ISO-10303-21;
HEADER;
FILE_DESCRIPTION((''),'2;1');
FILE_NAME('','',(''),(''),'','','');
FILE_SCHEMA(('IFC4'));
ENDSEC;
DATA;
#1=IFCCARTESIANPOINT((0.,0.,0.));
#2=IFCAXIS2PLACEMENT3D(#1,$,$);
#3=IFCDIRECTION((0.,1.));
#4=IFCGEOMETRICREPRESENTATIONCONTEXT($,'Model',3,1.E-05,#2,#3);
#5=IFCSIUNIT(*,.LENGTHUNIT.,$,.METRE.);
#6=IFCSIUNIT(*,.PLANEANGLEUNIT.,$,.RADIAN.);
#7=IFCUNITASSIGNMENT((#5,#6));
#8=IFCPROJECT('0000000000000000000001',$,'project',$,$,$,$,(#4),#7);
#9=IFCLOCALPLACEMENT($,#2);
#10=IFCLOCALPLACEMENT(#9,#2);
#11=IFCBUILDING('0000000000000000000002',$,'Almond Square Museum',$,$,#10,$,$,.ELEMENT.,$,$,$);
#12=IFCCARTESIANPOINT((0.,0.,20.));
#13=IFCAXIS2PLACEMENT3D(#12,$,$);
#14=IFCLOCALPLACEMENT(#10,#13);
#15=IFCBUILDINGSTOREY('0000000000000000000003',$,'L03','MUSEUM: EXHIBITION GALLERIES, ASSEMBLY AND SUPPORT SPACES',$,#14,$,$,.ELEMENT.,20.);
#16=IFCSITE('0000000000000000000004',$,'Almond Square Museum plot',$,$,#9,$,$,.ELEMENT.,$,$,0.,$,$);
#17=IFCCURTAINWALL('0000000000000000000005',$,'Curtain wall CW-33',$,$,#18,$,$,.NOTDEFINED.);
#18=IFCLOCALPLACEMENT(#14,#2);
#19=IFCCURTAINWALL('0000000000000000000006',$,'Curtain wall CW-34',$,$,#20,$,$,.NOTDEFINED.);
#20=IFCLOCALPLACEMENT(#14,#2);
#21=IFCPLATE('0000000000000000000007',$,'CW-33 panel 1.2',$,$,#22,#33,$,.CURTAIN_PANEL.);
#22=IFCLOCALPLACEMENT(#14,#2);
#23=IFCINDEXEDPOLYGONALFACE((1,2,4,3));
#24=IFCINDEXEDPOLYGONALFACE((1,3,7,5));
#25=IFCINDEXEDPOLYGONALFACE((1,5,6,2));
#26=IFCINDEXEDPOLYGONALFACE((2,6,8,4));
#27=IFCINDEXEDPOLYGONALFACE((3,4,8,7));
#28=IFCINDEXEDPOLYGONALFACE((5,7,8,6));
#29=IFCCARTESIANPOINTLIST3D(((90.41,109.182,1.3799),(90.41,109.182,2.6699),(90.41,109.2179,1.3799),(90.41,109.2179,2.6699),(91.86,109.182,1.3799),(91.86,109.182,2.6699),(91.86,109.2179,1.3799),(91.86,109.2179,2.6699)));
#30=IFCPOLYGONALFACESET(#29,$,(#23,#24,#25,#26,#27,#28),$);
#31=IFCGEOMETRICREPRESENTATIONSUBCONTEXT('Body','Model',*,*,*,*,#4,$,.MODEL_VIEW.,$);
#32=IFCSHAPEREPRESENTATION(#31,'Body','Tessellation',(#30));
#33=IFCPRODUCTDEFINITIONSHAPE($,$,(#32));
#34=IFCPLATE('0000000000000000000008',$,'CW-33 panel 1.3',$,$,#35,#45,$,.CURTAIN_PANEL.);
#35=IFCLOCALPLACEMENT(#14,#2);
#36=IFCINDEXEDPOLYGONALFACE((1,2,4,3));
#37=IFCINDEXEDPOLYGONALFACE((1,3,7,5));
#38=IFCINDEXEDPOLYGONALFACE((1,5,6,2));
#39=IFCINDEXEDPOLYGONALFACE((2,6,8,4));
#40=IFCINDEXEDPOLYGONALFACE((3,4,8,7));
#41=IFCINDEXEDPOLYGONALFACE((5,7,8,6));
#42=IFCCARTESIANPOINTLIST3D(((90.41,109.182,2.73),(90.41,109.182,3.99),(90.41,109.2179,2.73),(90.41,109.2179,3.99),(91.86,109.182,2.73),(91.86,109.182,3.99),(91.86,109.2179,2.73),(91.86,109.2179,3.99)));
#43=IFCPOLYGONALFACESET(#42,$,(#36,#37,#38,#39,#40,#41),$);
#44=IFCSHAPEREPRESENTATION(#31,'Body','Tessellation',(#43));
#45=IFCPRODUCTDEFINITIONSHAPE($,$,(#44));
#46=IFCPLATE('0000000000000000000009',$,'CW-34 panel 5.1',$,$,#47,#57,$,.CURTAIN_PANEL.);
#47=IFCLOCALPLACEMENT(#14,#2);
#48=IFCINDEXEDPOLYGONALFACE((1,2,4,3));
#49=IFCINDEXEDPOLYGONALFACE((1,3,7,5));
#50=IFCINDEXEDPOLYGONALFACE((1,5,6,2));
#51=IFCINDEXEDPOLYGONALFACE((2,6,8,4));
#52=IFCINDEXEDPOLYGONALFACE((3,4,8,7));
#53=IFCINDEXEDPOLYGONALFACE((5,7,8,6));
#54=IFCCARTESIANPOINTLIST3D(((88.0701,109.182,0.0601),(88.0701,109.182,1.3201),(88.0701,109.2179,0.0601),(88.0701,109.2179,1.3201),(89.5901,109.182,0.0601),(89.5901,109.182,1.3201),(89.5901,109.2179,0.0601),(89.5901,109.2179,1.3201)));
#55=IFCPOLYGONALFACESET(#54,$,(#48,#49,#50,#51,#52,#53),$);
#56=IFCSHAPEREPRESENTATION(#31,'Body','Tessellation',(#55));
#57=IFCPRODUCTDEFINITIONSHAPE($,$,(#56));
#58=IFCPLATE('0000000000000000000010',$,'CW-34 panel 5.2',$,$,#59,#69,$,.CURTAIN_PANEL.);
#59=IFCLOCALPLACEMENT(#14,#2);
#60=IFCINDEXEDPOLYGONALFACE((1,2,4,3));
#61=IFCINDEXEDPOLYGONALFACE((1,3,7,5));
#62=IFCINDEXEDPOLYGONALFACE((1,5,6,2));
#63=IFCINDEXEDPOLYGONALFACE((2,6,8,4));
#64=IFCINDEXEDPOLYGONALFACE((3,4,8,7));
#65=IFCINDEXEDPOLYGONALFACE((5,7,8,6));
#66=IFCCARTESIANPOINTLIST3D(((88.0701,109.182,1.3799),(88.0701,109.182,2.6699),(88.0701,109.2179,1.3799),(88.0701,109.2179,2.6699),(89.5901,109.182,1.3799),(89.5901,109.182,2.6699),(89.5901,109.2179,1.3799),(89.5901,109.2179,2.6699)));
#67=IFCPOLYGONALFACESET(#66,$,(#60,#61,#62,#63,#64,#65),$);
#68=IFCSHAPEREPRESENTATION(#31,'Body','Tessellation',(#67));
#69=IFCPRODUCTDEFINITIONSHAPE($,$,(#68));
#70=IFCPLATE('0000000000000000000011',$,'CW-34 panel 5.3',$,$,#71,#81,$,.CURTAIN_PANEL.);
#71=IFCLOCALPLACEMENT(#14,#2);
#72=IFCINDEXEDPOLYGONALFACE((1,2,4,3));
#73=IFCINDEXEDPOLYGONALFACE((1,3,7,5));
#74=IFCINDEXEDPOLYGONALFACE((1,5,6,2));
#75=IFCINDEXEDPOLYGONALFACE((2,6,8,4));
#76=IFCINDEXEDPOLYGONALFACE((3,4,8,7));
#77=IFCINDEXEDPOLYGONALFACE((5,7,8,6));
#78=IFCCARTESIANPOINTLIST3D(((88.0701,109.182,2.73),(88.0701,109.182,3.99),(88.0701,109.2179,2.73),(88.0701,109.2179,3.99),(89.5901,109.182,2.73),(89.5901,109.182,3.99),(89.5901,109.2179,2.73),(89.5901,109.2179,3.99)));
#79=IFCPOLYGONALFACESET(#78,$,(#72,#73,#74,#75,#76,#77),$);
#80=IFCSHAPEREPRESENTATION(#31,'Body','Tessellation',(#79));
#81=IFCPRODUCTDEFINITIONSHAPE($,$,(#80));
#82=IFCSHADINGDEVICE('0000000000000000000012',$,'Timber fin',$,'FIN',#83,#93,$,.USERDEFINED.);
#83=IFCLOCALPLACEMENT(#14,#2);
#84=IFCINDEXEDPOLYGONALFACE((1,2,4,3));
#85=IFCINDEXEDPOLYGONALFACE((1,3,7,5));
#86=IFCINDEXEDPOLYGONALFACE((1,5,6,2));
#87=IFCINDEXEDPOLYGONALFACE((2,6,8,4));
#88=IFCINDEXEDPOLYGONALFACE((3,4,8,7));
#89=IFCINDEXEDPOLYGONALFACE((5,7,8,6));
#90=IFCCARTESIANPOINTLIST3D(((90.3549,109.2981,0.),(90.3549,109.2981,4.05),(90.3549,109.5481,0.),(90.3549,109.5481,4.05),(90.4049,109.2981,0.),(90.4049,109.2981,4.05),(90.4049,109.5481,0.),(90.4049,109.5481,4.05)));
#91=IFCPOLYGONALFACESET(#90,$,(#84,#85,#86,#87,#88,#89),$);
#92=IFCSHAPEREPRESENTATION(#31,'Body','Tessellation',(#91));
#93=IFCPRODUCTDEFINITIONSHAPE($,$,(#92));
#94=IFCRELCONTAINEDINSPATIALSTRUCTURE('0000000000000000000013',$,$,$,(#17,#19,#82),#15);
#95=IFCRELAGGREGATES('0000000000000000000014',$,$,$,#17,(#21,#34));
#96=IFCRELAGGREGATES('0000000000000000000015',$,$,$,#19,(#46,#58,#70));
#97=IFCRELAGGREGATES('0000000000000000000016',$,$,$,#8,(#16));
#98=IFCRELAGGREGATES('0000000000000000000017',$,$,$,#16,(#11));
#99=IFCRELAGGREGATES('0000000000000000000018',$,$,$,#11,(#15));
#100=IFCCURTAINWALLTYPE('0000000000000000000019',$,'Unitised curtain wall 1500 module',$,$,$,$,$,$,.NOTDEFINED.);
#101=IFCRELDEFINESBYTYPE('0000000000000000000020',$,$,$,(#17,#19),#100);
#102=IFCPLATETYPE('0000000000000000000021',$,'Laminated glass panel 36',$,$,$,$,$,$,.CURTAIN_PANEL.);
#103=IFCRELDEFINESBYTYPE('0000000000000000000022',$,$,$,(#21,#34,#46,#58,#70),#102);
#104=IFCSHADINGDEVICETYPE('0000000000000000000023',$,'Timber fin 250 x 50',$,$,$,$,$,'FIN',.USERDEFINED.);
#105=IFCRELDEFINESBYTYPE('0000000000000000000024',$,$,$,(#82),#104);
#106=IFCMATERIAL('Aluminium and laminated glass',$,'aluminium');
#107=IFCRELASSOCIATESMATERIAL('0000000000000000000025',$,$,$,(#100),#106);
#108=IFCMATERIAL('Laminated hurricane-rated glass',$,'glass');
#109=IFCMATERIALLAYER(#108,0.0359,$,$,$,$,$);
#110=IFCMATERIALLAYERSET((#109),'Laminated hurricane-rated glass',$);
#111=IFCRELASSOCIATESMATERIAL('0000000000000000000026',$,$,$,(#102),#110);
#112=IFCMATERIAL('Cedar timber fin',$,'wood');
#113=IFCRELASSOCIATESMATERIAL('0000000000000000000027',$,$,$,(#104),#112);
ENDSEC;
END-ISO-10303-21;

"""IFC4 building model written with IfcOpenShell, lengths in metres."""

from ifc_helpers import new_model, si_unit, direction, frame, origin, origin_2d, place, context, subcontext, project, spatial, rectangle, extrude, material, layer, layer_set, material_profile, profile_set, type_object, element, aggregate, save


model = new_model("IFC4")

# Units and contexts
model_context = context("Model", 3, precision=1e-05, world=origin(), true_north=direction((0.0, 1.0)))
body_context = subcontext(model_context, "Body", "Model", "MODEL_VIEW")
ifc_project = project(units=[si_unit("LENGTHUNIT", "METRE"), si_unit("PLANEANGLEUNIT", "RADIAN")], contexts=[model_context])

# Site, building, storey
site_placement = place(None, origin())
site = spatial("IfcSite", under=ifc_project, at=site_placement, Name="Almond Square Museum plot", CompositionType="ELEMENT", RefElevation=0.0)
building_placement = place(site_placement, origin())
building = spatial("IfcBuilding", under=site, at=building_placement, Name="Almond Square Museum", CompositionType="ELEMENT")
storey_placement = place(building_placement, frame((0.0, 0.0, 20.0)))
storey = spatial("IfcBuildingStorey", under=building, at=storey_placement, Name="L03", Description="MUSEUM: EXHIBITION GALLERIES, ASSEMBLY AND SUPPORT SPACES", CompositionType="ELEMENT", Elevation=20.0)

# Curtain wall
ifc_material_1 = material(Name="Aluminium and laminated glass", Category="aluminium")
curtain_wall_type = type_object("IfcCurtainWallType", Name="Unitised curtain wall 1500 module", PredefinedType="NOTDEFINED", material=ifc_material_1)
curtain_wall_1_placement = place(storey_placement, origin())
curtain_wall_1 = element("IfcCurtainWall", 1, at=curtain_wall_1_placement, inside=storey, type_object=curtain_wall_type, Name="Curtain wall CW-33", PredefinedType="NOTDEFINED")

# Curtain wall
curtain_wall_2_placement = place(storey_placement, origin())
curtain_wall_2 = element("IfcCurtainWall", 2, at=curtain_wall_2_placement, inside=storey, type_object=curtain_wall_type, Name="Curtain wall CW-34", PredefinedType="NOTDEFINED")

# Plates
ifc_material_2 = material(Name="Laminated hurricane-rated glass", Category="glass")
ifc_layer = layer(ifc_material_2, 0.0359)
ifc_layer_set = layer_set([ifc_layer], Name="Laminated hurricane-rated glass")
plate_type = type_object("IfcPlateType", Name="Laminated glass panel 36", PredefinedType="CURTAIN_PANEL", material=ifc_layer_set)
plate_1_placement = place(storey_placement, frame((91.135, 109.2, 1.3799), z_axis=(0.0, 0.0, 1.0), x_axis=(1.0, 0.0, 0.0)))
plate_1 = element("IfcPlate", 3, at=plate_1_placement, type_object=plate_type, Name="CW-33 panel 1.2", PredefinedType="CURTAIN_PANEL", context=body_context, shape_type="SweptSolid", body=[
    extrude(rectangle(XDim=1.45, YDim=0.0359, at=origin_2d()), origin(), (0.0, 0.0, 1.0), 1.29),
])
plate_2_placement = place(storey_placement, frame((91.135, 109.2, 2.73), z_axis=(0.0, 0.0, 1.0), x_axis=(1.0, 0.0, 0.0)))
plate_2 = element("IfcPlate", 4, at=plate_2_placement, type_object=plate_type, Name="CW-33 panel 1.3", PredefinedType="CURTAIN_PANEL", context=body_context, shape_type="SweptSolid", body=[
    extrude(rectangle(XDim=1.45, YDim=0.0359, at=origin_2d()), origin(), (0.0, 0.0, 1.0), 1.26),
])
aggregate(curtain_wall_1, [plate_1, plate_2])
plate_3_placement = place(storey_placement, frame((88.8301, 109.2, 0.0601), z_axis=(0.0, 0.0, 1.0), x_axis=(1.0, 0.0, 0.0)))
plate_3 = element("IfcPlate", 5, at=plate_3_placement, type_object=plate_type, Name="CW-34 panel 5.1", PredefinedType="CURTAIN_PANEL", context=body_context, shape_type="SweptSolid", body=[
    extrude(rectangle(XDim=1.52, YDim=0.0359, at=origin_2d()), origin(), (0.0, 0.0, 1.0), 1.26),
])
plate_4_placement = place(storey_placement, frame((88.8301, 109.2, 1.3799), z_axis=(0.0, 0.0, 1.0), x_axis=(1.0, 0.0, 0.0)))
plate_4 = element("IfcPlate", 6, at=plate_4_placement, type_object=plate_type, Name="CW-34 panel 5.2", PredefinedType="CURTAIN_PANEL", context=body_context, shape_type="SweptSolid", body=[
    extrude(rectangle(XDim=1.52, YDim=0.0359, at=origin_2d()), origin(), (0.0, 0.0, 1.0), 1.29),
])
plate_5_placement = place(storey_placement, frame((88.8301, 109.2, 2.73), z_axis=(0.0, 0.0, 1.0), x_axis=(1.0, 0.0, 0.0)))
plate_5 = element("IfcPlate", 7, at=plate_5_placement, type_object=plate_type, Name="CW-34 panel 5.3", PredefinedType="CURTAIN_PANEL", context=body_context, shape_type="SweptSolid", body=[
    extrude(rectangle(XDim=1.52, YDim=0.0359, at=origin_2d()), origin(), (0.0, 0.0, 1.0), 1.26),
])
aggregate(curtain_wall_2, [plate_3, plate_4, plate_5])

# Shading device
ifc_material_3 = material(Name="Cedar timber fin", Category="wood")
ifc_material_profile_1 = material_profile(ifc_material_3, rectangle(XDim=0.25, YDim=0.05, at=origin_2d()))
ifc_profile_set_1 = profile_set([ifc_material_profile_1], Name="Cedar timber fin")
shading_device_type = type_object("IfcShadingDeviceType", Name="Timber fin 250 x 50", ElementType="FIN", PredefinedType="USERDEFINED", material=ifc_profile_set_1)
shading_device_placement = place(storey_placement, frame((90.3799, 109.4231, 0.0), z_axis=(0.0, 0.0, 1.0), x_axis=(0.0, 1.0, 0.0)))
element("IfcShadingDevice", 8, at=shading_device_placement, inside=storey, type_object=shading_device_type, Name="Timber fin", ObjectType="FIN", PredefinedType="USERDEFINED", context=body_context, shape_type="SweptSolid", body=[
    extrude(rectangle(XDim=0.25, YDim=0.05, at=origin_2d()), origin(), (0.0, 0.0, 1.0), 4.05),
])

save(model, "model.ifc")
